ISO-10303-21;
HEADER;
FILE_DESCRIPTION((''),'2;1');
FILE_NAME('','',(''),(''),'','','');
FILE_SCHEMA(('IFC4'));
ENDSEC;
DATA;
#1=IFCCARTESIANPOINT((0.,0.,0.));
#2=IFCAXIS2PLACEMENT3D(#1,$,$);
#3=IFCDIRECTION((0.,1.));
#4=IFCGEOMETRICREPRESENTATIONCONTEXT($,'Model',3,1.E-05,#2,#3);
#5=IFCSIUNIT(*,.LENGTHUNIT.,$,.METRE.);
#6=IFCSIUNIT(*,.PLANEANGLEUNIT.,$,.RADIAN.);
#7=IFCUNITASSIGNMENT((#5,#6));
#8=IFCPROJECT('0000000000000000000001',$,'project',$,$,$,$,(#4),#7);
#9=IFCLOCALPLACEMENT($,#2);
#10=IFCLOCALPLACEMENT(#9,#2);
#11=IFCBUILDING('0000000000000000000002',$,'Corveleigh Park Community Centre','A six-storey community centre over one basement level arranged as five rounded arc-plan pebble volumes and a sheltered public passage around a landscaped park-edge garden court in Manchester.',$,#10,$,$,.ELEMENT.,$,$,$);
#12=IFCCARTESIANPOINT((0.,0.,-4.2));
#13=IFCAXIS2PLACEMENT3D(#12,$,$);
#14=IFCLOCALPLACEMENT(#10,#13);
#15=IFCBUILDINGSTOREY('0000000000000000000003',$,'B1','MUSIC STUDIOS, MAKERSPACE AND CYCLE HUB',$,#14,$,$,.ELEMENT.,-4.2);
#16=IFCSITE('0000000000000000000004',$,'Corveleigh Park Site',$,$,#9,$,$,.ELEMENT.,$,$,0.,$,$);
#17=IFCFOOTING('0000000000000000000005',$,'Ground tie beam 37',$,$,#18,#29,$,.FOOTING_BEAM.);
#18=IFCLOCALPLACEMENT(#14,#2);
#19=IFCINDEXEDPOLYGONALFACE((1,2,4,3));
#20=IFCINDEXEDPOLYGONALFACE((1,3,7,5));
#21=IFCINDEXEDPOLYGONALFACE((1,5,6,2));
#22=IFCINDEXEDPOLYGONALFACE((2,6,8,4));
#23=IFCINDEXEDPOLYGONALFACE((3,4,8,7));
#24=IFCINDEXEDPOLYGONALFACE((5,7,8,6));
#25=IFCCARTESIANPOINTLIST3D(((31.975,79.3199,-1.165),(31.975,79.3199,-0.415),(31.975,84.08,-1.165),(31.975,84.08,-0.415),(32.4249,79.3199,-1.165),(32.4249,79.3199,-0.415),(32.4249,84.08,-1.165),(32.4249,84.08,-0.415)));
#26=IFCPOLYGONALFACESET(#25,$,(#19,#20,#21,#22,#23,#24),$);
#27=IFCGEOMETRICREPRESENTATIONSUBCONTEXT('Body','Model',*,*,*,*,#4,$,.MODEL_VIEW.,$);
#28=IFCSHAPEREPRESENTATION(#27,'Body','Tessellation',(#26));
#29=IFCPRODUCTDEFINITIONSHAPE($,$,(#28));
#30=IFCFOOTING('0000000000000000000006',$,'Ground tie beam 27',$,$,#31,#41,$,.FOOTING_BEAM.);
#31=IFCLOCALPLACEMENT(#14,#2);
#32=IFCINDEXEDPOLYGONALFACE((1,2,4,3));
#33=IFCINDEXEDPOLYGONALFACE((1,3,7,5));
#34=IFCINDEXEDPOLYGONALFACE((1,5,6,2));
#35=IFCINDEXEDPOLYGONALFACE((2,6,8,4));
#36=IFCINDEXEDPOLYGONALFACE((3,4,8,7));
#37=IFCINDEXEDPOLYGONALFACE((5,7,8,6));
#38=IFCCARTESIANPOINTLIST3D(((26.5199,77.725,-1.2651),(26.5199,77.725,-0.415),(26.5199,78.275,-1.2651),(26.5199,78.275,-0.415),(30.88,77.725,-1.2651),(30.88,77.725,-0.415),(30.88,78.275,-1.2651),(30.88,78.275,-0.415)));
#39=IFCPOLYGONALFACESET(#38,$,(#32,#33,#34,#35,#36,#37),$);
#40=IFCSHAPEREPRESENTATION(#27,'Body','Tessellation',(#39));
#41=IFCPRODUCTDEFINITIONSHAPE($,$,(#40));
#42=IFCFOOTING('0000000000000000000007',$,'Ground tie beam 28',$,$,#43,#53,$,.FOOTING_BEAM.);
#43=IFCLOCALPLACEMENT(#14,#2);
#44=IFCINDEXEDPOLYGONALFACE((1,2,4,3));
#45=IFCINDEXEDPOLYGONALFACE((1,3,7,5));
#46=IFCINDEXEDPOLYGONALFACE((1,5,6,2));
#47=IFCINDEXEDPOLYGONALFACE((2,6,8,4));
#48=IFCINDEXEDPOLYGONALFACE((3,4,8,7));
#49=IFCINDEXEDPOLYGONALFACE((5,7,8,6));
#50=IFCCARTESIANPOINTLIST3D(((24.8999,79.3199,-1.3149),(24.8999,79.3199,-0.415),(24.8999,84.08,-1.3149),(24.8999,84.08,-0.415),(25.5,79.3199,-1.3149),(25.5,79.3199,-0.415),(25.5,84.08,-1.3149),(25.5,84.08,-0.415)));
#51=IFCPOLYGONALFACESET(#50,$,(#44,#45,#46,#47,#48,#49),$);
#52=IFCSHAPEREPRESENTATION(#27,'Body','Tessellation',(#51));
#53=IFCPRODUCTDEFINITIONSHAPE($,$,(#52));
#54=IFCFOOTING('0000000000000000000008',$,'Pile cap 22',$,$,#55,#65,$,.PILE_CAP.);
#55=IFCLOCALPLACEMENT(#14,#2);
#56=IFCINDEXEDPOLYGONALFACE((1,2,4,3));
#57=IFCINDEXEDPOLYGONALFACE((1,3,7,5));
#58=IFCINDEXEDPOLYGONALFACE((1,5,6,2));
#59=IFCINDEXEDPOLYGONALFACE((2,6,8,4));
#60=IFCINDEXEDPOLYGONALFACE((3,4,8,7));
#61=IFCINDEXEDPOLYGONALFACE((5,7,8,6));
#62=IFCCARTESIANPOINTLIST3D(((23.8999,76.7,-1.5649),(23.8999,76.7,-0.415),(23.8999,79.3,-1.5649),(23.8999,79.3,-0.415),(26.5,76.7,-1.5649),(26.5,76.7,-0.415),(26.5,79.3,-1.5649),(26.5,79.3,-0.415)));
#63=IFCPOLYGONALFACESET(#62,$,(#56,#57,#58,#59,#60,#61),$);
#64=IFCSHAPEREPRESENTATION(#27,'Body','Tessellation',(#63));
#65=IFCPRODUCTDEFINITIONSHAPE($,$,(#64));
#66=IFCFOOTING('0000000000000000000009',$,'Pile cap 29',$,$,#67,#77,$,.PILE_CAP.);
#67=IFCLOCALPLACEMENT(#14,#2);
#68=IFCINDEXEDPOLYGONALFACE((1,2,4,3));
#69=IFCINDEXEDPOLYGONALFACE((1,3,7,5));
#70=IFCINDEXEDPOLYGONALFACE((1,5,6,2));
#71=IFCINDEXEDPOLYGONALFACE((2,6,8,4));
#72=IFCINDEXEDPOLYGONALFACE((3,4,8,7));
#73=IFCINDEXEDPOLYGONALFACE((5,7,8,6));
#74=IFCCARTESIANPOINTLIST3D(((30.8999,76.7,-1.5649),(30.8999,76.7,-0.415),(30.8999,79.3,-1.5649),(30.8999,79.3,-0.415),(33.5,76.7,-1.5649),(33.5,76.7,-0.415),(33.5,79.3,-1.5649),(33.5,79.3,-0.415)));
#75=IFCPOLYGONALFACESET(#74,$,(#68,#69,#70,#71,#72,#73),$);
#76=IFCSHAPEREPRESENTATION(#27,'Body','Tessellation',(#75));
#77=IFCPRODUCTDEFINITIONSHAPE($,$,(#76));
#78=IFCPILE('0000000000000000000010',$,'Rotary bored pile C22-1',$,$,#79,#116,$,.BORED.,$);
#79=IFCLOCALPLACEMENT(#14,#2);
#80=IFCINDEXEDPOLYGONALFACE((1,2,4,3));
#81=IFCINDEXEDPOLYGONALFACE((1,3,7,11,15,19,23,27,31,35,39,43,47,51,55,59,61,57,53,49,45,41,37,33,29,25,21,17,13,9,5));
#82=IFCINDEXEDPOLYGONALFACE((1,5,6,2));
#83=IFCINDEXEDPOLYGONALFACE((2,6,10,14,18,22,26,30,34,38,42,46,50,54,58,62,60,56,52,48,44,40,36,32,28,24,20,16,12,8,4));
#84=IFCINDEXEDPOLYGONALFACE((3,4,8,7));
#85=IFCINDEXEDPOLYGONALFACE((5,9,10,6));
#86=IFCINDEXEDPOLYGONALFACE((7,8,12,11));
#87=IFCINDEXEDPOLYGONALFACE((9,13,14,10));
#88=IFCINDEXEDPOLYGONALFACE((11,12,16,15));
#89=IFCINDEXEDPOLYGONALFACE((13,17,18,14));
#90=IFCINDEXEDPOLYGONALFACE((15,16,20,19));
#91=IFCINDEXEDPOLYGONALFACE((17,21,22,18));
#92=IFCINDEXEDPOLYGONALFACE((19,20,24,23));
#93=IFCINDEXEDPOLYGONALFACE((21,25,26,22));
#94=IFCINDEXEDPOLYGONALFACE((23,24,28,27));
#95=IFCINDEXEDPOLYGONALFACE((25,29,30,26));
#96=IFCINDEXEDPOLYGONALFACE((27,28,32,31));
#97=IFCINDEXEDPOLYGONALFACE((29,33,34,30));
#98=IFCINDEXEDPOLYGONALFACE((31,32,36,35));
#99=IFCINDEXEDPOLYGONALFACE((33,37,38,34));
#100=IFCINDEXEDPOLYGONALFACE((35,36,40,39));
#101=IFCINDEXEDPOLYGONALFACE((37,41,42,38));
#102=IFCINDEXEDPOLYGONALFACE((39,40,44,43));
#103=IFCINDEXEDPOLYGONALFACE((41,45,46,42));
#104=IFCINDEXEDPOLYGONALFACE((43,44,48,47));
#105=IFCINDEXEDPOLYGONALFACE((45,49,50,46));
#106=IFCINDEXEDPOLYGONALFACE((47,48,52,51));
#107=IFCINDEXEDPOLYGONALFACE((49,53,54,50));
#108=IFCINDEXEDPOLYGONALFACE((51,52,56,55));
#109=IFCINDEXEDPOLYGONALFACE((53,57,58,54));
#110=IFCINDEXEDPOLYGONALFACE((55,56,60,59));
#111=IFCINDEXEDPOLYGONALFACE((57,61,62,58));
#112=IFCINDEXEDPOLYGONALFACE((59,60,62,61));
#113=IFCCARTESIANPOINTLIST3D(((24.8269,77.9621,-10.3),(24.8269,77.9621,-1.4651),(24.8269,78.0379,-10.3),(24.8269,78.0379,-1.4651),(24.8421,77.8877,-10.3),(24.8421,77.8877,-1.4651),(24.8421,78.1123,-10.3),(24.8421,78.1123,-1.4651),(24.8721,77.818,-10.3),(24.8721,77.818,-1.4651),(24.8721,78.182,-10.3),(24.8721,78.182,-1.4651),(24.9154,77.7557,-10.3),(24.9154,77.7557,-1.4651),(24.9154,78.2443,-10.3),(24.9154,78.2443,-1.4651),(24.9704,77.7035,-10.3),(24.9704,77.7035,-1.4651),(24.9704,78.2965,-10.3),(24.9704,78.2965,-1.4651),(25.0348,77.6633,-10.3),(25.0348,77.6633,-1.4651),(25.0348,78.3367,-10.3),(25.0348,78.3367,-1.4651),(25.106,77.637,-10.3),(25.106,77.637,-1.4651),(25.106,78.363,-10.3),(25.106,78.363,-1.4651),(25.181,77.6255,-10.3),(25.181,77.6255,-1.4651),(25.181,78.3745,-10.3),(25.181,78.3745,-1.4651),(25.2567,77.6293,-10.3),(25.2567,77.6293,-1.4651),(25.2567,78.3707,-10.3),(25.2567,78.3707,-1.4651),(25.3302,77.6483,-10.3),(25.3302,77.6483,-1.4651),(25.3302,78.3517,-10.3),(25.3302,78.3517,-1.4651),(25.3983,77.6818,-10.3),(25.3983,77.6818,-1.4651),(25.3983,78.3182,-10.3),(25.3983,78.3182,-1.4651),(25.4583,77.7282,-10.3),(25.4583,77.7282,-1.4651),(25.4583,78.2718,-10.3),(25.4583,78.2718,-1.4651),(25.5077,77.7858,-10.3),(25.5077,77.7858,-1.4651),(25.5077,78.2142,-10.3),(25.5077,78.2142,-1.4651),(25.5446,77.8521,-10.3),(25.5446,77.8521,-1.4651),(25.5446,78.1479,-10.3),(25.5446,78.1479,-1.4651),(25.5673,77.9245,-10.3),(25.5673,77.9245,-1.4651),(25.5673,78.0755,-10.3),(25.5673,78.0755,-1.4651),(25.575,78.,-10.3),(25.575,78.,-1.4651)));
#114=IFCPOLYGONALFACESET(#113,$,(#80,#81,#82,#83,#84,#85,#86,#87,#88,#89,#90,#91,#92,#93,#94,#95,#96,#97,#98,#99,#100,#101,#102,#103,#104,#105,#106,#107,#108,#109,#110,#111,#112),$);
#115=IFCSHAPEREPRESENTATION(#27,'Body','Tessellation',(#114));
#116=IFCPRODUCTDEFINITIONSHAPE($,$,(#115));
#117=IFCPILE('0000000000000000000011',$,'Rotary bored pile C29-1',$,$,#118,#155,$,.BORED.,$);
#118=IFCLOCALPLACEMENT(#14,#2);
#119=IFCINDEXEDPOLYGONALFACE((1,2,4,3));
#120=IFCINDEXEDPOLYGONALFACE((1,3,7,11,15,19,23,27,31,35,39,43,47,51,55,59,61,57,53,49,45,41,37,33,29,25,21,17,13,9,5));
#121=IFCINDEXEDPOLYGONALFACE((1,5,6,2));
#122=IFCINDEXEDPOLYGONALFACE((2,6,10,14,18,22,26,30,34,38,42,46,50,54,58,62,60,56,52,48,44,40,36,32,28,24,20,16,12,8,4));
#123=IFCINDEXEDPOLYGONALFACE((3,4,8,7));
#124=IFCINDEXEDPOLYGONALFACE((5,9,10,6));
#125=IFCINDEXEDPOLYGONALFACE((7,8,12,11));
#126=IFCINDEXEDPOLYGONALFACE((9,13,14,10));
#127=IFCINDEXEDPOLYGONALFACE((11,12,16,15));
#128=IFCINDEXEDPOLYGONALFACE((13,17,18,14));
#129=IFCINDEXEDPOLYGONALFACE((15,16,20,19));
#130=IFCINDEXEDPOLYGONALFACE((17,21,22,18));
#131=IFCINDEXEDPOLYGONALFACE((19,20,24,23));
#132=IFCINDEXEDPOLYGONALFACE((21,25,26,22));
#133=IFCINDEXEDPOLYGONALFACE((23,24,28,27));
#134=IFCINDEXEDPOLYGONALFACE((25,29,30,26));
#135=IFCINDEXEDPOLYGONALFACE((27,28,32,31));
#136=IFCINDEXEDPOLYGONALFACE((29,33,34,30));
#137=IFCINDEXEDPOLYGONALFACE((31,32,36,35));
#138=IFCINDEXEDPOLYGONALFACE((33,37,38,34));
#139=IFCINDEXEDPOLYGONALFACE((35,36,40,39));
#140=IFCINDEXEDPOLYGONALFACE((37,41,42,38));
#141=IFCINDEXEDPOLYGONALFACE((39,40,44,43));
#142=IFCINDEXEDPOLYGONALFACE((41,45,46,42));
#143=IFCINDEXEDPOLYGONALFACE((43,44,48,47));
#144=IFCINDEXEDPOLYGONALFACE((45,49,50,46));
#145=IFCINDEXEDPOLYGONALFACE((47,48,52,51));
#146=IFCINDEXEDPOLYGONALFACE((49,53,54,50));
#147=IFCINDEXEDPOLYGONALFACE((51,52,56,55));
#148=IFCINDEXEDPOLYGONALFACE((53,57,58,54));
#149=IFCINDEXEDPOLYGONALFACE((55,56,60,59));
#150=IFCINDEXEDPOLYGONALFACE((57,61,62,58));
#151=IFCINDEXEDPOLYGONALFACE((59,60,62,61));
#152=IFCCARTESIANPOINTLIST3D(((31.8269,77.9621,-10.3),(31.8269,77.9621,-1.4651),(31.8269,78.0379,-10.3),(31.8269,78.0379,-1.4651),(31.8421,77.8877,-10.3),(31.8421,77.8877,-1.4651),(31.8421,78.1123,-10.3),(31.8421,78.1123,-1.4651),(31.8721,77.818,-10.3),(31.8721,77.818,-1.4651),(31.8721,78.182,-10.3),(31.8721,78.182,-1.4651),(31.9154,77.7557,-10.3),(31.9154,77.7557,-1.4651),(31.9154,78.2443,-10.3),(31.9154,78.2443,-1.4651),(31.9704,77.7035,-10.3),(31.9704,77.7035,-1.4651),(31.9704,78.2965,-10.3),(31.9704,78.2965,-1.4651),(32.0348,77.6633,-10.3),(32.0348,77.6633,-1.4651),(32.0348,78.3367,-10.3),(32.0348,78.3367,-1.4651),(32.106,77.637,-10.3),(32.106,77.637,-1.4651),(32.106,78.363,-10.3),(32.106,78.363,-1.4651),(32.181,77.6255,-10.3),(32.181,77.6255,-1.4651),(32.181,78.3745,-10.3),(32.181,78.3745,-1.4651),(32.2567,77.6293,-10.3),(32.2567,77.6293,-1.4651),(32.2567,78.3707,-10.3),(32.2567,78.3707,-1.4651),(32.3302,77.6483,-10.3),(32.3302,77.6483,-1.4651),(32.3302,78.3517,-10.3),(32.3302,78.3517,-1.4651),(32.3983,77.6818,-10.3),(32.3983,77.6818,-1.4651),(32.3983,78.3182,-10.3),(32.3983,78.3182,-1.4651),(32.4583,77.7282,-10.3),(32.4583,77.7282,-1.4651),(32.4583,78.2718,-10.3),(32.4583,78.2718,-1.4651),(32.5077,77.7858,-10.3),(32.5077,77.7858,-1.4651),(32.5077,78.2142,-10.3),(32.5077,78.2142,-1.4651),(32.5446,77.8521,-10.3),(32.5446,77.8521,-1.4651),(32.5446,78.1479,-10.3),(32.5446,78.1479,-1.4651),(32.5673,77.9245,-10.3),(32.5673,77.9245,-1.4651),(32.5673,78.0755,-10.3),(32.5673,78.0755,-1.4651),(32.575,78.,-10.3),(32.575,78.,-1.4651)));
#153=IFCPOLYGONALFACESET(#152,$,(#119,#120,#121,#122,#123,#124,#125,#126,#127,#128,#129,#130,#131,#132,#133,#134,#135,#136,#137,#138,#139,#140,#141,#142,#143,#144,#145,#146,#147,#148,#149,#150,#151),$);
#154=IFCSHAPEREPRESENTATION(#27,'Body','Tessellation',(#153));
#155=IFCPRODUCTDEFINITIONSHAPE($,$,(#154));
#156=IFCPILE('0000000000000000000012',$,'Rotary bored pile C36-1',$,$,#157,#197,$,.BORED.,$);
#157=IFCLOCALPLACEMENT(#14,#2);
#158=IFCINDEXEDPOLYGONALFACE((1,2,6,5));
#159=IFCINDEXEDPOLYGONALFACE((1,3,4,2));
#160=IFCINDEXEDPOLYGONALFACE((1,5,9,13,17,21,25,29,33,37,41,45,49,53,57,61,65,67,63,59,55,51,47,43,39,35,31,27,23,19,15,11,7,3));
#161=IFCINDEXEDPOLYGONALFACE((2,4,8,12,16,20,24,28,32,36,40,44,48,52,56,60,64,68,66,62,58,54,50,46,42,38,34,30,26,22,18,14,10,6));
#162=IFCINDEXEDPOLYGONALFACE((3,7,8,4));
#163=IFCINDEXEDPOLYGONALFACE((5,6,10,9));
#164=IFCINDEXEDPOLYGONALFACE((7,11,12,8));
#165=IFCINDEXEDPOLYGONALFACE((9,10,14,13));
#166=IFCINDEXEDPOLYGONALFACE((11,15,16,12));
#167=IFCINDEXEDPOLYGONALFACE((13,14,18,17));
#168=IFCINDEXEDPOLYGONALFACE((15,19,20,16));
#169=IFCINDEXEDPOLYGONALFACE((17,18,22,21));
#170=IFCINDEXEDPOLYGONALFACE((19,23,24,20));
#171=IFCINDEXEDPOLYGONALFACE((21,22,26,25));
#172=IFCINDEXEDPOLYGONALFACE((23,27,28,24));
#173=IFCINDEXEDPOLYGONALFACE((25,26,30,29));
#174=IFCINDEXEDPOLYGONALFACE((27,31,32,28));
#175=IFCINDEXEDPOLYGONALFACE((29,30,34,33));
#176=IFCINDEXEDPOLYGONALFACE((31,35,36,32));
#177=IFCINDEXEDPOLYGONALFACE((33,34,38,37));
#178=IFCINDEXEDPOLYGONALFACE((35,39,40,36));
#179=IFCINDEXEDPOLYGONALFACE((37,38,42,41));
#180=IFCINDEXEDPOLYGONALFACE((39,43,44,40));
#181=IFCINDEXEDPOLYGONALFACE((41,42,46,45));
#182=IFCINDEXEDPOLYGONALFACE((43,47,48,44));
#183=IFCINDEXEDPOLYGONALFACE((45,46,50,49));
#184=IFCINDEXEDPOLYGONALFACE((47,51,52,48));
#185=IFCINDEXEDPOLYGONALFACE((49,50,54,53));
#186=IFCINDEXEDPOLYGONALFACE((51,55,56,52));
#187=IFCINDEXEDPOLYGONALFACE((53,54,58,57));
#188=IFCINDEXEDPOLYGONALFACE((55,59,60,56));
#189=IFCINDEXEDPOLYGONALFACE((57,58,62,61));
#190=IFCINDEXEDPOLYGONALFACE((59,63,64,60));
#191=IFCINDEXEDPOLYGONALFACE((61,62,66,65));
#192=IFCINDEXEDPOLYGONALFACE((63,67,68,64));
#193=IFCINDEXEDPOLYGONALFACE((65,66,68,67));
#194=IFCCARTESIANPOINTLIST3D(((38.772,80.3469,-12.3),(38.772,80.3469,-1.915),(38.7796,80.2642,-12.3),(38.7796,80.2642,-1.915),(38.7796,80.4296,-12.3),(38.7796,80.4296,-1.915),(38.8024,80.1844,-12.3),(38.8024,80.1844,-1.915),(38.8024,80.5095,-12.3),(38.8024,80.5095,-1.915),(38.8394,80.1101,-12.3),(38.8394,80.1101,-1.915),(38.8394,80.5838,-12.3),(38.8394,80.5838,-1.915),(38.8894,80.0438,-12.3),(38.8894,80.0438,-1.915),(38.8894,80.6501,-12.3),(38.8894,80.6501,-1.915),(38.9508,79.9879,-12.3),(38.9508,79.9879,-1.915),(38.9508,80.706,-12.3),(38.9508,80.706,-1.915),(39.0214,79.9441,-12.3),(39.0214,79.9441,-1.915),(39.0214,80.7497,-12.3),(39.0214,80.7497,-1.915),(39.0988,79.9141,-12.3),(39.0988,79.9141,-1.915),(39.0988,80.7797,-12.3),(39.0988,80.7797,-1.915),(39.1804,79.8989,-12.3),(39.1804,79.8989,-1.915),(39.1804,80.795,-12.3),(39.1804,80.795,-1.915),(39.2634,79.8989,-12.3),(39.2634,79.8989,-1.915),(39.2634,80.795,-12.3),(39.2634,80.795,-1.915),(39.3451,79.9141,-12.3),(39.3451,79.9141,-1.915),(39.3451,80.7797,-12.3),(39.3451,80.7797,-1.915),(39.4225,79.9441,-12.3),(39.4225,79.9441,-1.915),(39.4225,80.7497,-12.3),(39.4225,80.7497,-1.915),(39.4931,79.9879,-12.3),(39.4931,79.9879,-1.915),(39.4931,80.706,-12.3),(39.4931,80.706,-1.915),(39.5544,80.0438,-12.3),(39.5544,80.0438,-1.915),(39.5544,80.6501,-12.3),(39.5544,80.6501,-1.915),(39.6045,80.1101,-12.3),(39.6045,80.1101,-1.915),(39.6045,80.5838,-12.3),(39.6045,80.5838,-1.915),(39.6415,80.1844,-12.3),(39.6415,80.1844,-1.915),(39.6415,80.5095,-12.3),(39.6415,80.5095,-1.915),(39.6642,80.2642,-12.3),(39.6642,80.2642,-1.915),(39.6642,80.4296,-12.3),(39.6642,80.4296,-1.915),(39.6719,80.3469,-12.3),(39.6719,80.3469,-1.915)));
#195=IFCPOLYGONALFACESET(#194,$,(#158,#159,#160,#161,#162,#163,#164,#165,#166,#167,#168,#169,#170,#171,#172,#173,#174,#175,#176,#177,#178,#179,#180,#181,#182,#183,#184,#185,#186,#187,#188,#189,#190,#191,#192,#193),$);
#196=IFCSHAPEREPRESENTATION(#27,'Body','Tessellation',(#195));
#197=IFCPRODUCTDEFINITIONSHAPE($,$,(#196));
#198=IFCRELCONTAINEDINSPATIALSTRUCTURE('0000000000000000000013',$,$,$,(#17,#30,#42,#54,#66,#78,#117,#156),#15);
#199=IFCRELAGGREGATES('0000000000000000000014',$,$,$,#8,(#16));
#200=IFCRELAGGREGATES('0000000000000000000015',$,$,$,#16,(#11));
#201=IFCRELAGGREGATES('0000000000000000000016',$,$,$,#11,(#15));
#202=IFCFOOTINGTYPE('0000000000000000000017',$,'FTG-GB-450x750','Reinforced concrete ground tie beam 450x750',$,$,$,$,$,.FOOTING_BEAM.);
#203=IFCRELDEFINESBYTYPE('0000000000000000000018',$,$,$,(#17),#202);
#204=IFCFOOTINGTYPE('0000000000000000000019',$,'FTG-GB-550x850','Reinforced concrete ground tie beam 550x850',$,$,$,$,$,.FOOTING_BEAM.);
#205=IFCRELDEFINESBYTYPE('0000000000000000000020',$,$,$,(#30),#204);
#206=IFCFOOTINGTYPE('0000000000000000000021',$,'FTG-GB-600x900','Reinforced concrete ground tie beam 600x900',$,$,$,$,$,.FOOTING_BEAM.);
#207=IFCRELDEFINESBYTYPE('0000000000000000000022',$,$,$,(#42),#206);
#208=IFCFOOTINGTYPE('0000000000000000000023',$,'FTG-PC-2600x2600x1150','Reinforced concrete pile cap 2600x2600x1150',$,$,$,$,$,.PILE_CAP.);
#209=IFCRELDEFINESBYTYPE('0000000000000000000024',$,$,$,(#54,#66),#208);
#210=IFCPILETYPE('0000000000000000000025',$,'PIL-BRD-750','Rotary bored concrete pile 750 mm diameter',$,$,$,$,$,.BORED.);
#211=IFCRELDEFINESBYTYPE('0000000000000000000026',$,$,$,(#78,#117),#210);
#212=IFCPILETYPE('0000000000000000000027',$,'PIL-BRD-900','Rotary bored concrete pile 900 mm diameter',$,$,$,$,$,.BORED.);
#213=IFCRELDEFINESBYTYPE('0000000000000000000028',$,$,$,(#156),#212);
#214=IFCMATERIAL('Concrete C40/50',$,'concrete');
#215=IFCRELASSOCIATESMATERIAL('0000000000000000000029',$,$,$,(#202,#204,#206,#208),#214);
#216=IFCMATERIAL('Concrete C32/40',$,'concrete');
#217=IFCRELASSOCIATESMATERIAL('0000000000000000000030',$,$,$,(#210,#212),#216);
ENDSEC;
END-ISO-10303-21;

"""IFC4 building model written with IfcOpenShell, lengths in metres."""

from ifc_helpers import new_model, si_unit, direction, frame, origin, origin_2d, place, context, subcontext, project, spatial, rectangle, circle, extrude, material, material_profile, profile_set, type_object, element, save


model = new_model("IFC4")

# Units and contexts
model_context = context("Model", 3, precision=1e-05, world=origin(), true_north=direction((0.0, 1.0)))
body_context = subcontext(model_context, "Body", "Model", "MODEL_VIEW")
ifc_project = project(units=[si_unit("LENGTHUNIT", "METRE"), si_unit("PLANEANGLEUNIT", "RADIAN")], contexts=[model_context])

# Site, building, storey
site_placement = place(None, origin())
site = spatial("IfcSite", under=ifc_project, at=site_placement, Name="Corveleigh Park Site", CompositionType="ELEMENT", RefElevation=0.0)
building_placement = place(site_placement, origin())
building = spatial("IfcBuilding", under=site, at=building_placement, Name="Corveleigh Park Community Centre", Description="A six-storey community centre over one basement level arranged as five rounded arc-plan pebble volumes and a sheltered public passage around a landscaped park-edge garden court in Manchester.", CompositionType="ELEMENT")
storey_placement = place(building_placement, frame((0.0, 0.0, -4.2)))
storey = spatial("IfcBuildingStorey", under=building, at=storey_placement, Name="B1", Description="MUSIC STUDIOS, MAKERSPACE AND CYCLE HUB", CompositionType="ELEMENT", Elevation=-4.2)

# Footings
ifc_material_1 = material(Name="Concrete C40/50", Category="concrete")
footing_type_1 = type_object("IfcFootingType", Name="FTG-GB-450x750", Description="Reinforced concrete ground tie beam 450x750", PredefinedType="FOOTING_BEAM", material=ifc_material_1)
footing_1_placement = place(storey_placement, frame((32.2, 81.7, -1.165), z_axis=(0.0, 0.0, 1.0), x_axis=(1.0, 0.0, 0.0)))
element("IfcFooting", 1, at=footing_1_placement, inside=storey, type_object=footing_type_1, Name="Ground tie beam 37", PredefinedType="FOOTING_BEAM", context=body_context, shape_type="SweptSolid", body=[
    extrude(rectangle(XDim=0.45, YDim=4.76, at=origin_2d()), origin(), (0.0, 0.0, 1.0), 0.75),
])
footing_type_2 = type_object("IfcFootingType", Name="FTG-GB-550x850", Description="Reinforced concrete ground tie beam 550x850", PredefinedType="FOOTING_BEAM", material=ifc_material_1)
footing_2_placement = place(storey_placement, frame((28.7, 78.0, -1.2651), z_axis=(0.0, 0.0, 1.0), x_axis=(1.0, 0.0, 0.0)))
element("IfcFooting", 2, at=footing_2_placement, inside=storey, type_object=footing_type_2, Name="Ground tie beam 27", PredefinedType="FOOTING_BEAM", context=body_context, shape_type="SweptSolid", body=[
    extrude(rectangle(XDim=4.3601, YDim=0.55, at=origin_2d()), origin(), (0.0, 0.0, 1.0), 0.8501),
])
footing_type_3 = type_object("IfcFootingType", Name="FTG-GB-600x900", Description="Reinforced concrete ground tie beam 600x900", PredefinedType="FOOTING_BEAM", material=ifc_material_1)
footing_3_placement = place(storey_placement, frame((25.2, 81.7, -1.3149), z_axis=(0.0, 0.0, 1.0), x_axis=(1.0, 0.0, 0.0)))
element("IfcFooting", 3, at=footing_3_placement, inside=storey, type_object=footing_type_3, Name="Ground tie beam 28", PredefinedType="FOOTING_BEAM", context=body_context, shape_type="SweptSolid", body=[
    extrude(rectangle(XDim=0.6001, YDim=4.76, at=origin_2d()), origin(), (0.0, 0.0, 1.0), 0.8999),
])
footing_type_4 = type_object("IfcFootingType", Name="FTG-PC-2600x2600x1150", Description="Reinforced concrete pile cap 2600x2600x1150", PredefinedType="PILE_CAP", material=ifc_material_1)
for number, where, z_axis, x_axis, name in (
    (4, (25.2, 78.0, -1.5649), (0.0, 0.0, 1.0), (1.0, 0.0, 0.0), "Pile cap 22"),
    (5, (32.2, 78.0, -1.5649), (0.0, 0.0, 1.0), (1.0, 0.0, 0.0), "Pile cap 29"),
):
    element("IfcFooting", number, at=place(storey_placement, frame(where, z_axis=z_axis, x_axis=x_axis)), inside=storey, type_object=footing_type_4, Name=name, PredefinedType="PILE_CAP", context=body_context, shape_type="SweptSolid", body=[
        extrude(rectangle(XDim=2.6001, YDim=2.6001, at=origin_2d()), origin(), (0.0, 0.0, 1.0), 1.1499),
    ])

# Piles
ifc_material_2 = material(Name="Concrete C32/40", Category="concrete")
ifc_material_profile_1 = material_profile(ifc_material_2, circle(Radius=0.375, at=origin_2d()), Name="BORED-PILE-750", Category="concrete")
ifc_profile_set_1 = profile_set([ifc_material_profile_1], Name="Concrete C32/40")
pile_type_1 = type_object("IfcPileType", Name="PIL-BRD-750", Description="Rotary bored concrete pile 750 mm diameter", PredefinedType="BORED", material=ifc_profile_set_1)
for number, where, z_axis, x_axis, name in (
    (6, (25.2, 78.0, -1.4651), (0.0, 0.0, -1.0), (1.0, 0.0, 0.0), "Rotary bored pile C22-1"),
    (7, (32.2, 78.0, -1.4651), (0.0, 0.0, -1.0), (1.0, 0.0, 0.0), "Rotary bored pile C29-1"),
):
    element("IfcPile", number, at=place(storey_placement, frame(where, z_axis=z_axis, x_axis=x_axis)), inside=storey, type_object=pile_type_1, Name=name, PredefinedType="BORED", context=body_context, shape_type="SweptSolid", body=[
        extrude(circle(Radius=0.375, at=origin_2d()), origin(), (0.0, 0.0, 1.0), 8.835),
    ])
ifc_material_profile_2 = material_profile(ifc_material_2, circle(Radius=0.45, at=origin_2d()), Name="BORED-PILE-900", Category="concrete")
ifc_profile_set_2 = profile_set([ifc_material_profile_2], Name="Concrete C32/40")
pile_type_2 = type_object("IfcPileType", Name="PIL-BRD-900", Description="Rotary bored concrete pile 900 mm diameter", PredefinedType="BORED", material=ifc_profile_set_2)
for number, where, z_axis, x_axis, name in (
    (8, (39.2219, 80.3469, -1.915), (0.0, 0.0, -1.0), (1.0, 0.0, 0.0), "Rotary bored pile C36-1"),
):
    element("IfcPile", number, at=place(storey_placement, frame(where, z_axis=z_axis, x_axis=x_axis)), inside=storey, type_object=pile_type_2, Name=name, PredefinedType="BORED", context=body_context, shape_type="SweptSolid", body=[
        extrude(circle(Radius=0.45, at=origin_2d()), origin(), (0.0, 0.0, 1.0), 10.385),
    ])

save(model, "model.ifc")
